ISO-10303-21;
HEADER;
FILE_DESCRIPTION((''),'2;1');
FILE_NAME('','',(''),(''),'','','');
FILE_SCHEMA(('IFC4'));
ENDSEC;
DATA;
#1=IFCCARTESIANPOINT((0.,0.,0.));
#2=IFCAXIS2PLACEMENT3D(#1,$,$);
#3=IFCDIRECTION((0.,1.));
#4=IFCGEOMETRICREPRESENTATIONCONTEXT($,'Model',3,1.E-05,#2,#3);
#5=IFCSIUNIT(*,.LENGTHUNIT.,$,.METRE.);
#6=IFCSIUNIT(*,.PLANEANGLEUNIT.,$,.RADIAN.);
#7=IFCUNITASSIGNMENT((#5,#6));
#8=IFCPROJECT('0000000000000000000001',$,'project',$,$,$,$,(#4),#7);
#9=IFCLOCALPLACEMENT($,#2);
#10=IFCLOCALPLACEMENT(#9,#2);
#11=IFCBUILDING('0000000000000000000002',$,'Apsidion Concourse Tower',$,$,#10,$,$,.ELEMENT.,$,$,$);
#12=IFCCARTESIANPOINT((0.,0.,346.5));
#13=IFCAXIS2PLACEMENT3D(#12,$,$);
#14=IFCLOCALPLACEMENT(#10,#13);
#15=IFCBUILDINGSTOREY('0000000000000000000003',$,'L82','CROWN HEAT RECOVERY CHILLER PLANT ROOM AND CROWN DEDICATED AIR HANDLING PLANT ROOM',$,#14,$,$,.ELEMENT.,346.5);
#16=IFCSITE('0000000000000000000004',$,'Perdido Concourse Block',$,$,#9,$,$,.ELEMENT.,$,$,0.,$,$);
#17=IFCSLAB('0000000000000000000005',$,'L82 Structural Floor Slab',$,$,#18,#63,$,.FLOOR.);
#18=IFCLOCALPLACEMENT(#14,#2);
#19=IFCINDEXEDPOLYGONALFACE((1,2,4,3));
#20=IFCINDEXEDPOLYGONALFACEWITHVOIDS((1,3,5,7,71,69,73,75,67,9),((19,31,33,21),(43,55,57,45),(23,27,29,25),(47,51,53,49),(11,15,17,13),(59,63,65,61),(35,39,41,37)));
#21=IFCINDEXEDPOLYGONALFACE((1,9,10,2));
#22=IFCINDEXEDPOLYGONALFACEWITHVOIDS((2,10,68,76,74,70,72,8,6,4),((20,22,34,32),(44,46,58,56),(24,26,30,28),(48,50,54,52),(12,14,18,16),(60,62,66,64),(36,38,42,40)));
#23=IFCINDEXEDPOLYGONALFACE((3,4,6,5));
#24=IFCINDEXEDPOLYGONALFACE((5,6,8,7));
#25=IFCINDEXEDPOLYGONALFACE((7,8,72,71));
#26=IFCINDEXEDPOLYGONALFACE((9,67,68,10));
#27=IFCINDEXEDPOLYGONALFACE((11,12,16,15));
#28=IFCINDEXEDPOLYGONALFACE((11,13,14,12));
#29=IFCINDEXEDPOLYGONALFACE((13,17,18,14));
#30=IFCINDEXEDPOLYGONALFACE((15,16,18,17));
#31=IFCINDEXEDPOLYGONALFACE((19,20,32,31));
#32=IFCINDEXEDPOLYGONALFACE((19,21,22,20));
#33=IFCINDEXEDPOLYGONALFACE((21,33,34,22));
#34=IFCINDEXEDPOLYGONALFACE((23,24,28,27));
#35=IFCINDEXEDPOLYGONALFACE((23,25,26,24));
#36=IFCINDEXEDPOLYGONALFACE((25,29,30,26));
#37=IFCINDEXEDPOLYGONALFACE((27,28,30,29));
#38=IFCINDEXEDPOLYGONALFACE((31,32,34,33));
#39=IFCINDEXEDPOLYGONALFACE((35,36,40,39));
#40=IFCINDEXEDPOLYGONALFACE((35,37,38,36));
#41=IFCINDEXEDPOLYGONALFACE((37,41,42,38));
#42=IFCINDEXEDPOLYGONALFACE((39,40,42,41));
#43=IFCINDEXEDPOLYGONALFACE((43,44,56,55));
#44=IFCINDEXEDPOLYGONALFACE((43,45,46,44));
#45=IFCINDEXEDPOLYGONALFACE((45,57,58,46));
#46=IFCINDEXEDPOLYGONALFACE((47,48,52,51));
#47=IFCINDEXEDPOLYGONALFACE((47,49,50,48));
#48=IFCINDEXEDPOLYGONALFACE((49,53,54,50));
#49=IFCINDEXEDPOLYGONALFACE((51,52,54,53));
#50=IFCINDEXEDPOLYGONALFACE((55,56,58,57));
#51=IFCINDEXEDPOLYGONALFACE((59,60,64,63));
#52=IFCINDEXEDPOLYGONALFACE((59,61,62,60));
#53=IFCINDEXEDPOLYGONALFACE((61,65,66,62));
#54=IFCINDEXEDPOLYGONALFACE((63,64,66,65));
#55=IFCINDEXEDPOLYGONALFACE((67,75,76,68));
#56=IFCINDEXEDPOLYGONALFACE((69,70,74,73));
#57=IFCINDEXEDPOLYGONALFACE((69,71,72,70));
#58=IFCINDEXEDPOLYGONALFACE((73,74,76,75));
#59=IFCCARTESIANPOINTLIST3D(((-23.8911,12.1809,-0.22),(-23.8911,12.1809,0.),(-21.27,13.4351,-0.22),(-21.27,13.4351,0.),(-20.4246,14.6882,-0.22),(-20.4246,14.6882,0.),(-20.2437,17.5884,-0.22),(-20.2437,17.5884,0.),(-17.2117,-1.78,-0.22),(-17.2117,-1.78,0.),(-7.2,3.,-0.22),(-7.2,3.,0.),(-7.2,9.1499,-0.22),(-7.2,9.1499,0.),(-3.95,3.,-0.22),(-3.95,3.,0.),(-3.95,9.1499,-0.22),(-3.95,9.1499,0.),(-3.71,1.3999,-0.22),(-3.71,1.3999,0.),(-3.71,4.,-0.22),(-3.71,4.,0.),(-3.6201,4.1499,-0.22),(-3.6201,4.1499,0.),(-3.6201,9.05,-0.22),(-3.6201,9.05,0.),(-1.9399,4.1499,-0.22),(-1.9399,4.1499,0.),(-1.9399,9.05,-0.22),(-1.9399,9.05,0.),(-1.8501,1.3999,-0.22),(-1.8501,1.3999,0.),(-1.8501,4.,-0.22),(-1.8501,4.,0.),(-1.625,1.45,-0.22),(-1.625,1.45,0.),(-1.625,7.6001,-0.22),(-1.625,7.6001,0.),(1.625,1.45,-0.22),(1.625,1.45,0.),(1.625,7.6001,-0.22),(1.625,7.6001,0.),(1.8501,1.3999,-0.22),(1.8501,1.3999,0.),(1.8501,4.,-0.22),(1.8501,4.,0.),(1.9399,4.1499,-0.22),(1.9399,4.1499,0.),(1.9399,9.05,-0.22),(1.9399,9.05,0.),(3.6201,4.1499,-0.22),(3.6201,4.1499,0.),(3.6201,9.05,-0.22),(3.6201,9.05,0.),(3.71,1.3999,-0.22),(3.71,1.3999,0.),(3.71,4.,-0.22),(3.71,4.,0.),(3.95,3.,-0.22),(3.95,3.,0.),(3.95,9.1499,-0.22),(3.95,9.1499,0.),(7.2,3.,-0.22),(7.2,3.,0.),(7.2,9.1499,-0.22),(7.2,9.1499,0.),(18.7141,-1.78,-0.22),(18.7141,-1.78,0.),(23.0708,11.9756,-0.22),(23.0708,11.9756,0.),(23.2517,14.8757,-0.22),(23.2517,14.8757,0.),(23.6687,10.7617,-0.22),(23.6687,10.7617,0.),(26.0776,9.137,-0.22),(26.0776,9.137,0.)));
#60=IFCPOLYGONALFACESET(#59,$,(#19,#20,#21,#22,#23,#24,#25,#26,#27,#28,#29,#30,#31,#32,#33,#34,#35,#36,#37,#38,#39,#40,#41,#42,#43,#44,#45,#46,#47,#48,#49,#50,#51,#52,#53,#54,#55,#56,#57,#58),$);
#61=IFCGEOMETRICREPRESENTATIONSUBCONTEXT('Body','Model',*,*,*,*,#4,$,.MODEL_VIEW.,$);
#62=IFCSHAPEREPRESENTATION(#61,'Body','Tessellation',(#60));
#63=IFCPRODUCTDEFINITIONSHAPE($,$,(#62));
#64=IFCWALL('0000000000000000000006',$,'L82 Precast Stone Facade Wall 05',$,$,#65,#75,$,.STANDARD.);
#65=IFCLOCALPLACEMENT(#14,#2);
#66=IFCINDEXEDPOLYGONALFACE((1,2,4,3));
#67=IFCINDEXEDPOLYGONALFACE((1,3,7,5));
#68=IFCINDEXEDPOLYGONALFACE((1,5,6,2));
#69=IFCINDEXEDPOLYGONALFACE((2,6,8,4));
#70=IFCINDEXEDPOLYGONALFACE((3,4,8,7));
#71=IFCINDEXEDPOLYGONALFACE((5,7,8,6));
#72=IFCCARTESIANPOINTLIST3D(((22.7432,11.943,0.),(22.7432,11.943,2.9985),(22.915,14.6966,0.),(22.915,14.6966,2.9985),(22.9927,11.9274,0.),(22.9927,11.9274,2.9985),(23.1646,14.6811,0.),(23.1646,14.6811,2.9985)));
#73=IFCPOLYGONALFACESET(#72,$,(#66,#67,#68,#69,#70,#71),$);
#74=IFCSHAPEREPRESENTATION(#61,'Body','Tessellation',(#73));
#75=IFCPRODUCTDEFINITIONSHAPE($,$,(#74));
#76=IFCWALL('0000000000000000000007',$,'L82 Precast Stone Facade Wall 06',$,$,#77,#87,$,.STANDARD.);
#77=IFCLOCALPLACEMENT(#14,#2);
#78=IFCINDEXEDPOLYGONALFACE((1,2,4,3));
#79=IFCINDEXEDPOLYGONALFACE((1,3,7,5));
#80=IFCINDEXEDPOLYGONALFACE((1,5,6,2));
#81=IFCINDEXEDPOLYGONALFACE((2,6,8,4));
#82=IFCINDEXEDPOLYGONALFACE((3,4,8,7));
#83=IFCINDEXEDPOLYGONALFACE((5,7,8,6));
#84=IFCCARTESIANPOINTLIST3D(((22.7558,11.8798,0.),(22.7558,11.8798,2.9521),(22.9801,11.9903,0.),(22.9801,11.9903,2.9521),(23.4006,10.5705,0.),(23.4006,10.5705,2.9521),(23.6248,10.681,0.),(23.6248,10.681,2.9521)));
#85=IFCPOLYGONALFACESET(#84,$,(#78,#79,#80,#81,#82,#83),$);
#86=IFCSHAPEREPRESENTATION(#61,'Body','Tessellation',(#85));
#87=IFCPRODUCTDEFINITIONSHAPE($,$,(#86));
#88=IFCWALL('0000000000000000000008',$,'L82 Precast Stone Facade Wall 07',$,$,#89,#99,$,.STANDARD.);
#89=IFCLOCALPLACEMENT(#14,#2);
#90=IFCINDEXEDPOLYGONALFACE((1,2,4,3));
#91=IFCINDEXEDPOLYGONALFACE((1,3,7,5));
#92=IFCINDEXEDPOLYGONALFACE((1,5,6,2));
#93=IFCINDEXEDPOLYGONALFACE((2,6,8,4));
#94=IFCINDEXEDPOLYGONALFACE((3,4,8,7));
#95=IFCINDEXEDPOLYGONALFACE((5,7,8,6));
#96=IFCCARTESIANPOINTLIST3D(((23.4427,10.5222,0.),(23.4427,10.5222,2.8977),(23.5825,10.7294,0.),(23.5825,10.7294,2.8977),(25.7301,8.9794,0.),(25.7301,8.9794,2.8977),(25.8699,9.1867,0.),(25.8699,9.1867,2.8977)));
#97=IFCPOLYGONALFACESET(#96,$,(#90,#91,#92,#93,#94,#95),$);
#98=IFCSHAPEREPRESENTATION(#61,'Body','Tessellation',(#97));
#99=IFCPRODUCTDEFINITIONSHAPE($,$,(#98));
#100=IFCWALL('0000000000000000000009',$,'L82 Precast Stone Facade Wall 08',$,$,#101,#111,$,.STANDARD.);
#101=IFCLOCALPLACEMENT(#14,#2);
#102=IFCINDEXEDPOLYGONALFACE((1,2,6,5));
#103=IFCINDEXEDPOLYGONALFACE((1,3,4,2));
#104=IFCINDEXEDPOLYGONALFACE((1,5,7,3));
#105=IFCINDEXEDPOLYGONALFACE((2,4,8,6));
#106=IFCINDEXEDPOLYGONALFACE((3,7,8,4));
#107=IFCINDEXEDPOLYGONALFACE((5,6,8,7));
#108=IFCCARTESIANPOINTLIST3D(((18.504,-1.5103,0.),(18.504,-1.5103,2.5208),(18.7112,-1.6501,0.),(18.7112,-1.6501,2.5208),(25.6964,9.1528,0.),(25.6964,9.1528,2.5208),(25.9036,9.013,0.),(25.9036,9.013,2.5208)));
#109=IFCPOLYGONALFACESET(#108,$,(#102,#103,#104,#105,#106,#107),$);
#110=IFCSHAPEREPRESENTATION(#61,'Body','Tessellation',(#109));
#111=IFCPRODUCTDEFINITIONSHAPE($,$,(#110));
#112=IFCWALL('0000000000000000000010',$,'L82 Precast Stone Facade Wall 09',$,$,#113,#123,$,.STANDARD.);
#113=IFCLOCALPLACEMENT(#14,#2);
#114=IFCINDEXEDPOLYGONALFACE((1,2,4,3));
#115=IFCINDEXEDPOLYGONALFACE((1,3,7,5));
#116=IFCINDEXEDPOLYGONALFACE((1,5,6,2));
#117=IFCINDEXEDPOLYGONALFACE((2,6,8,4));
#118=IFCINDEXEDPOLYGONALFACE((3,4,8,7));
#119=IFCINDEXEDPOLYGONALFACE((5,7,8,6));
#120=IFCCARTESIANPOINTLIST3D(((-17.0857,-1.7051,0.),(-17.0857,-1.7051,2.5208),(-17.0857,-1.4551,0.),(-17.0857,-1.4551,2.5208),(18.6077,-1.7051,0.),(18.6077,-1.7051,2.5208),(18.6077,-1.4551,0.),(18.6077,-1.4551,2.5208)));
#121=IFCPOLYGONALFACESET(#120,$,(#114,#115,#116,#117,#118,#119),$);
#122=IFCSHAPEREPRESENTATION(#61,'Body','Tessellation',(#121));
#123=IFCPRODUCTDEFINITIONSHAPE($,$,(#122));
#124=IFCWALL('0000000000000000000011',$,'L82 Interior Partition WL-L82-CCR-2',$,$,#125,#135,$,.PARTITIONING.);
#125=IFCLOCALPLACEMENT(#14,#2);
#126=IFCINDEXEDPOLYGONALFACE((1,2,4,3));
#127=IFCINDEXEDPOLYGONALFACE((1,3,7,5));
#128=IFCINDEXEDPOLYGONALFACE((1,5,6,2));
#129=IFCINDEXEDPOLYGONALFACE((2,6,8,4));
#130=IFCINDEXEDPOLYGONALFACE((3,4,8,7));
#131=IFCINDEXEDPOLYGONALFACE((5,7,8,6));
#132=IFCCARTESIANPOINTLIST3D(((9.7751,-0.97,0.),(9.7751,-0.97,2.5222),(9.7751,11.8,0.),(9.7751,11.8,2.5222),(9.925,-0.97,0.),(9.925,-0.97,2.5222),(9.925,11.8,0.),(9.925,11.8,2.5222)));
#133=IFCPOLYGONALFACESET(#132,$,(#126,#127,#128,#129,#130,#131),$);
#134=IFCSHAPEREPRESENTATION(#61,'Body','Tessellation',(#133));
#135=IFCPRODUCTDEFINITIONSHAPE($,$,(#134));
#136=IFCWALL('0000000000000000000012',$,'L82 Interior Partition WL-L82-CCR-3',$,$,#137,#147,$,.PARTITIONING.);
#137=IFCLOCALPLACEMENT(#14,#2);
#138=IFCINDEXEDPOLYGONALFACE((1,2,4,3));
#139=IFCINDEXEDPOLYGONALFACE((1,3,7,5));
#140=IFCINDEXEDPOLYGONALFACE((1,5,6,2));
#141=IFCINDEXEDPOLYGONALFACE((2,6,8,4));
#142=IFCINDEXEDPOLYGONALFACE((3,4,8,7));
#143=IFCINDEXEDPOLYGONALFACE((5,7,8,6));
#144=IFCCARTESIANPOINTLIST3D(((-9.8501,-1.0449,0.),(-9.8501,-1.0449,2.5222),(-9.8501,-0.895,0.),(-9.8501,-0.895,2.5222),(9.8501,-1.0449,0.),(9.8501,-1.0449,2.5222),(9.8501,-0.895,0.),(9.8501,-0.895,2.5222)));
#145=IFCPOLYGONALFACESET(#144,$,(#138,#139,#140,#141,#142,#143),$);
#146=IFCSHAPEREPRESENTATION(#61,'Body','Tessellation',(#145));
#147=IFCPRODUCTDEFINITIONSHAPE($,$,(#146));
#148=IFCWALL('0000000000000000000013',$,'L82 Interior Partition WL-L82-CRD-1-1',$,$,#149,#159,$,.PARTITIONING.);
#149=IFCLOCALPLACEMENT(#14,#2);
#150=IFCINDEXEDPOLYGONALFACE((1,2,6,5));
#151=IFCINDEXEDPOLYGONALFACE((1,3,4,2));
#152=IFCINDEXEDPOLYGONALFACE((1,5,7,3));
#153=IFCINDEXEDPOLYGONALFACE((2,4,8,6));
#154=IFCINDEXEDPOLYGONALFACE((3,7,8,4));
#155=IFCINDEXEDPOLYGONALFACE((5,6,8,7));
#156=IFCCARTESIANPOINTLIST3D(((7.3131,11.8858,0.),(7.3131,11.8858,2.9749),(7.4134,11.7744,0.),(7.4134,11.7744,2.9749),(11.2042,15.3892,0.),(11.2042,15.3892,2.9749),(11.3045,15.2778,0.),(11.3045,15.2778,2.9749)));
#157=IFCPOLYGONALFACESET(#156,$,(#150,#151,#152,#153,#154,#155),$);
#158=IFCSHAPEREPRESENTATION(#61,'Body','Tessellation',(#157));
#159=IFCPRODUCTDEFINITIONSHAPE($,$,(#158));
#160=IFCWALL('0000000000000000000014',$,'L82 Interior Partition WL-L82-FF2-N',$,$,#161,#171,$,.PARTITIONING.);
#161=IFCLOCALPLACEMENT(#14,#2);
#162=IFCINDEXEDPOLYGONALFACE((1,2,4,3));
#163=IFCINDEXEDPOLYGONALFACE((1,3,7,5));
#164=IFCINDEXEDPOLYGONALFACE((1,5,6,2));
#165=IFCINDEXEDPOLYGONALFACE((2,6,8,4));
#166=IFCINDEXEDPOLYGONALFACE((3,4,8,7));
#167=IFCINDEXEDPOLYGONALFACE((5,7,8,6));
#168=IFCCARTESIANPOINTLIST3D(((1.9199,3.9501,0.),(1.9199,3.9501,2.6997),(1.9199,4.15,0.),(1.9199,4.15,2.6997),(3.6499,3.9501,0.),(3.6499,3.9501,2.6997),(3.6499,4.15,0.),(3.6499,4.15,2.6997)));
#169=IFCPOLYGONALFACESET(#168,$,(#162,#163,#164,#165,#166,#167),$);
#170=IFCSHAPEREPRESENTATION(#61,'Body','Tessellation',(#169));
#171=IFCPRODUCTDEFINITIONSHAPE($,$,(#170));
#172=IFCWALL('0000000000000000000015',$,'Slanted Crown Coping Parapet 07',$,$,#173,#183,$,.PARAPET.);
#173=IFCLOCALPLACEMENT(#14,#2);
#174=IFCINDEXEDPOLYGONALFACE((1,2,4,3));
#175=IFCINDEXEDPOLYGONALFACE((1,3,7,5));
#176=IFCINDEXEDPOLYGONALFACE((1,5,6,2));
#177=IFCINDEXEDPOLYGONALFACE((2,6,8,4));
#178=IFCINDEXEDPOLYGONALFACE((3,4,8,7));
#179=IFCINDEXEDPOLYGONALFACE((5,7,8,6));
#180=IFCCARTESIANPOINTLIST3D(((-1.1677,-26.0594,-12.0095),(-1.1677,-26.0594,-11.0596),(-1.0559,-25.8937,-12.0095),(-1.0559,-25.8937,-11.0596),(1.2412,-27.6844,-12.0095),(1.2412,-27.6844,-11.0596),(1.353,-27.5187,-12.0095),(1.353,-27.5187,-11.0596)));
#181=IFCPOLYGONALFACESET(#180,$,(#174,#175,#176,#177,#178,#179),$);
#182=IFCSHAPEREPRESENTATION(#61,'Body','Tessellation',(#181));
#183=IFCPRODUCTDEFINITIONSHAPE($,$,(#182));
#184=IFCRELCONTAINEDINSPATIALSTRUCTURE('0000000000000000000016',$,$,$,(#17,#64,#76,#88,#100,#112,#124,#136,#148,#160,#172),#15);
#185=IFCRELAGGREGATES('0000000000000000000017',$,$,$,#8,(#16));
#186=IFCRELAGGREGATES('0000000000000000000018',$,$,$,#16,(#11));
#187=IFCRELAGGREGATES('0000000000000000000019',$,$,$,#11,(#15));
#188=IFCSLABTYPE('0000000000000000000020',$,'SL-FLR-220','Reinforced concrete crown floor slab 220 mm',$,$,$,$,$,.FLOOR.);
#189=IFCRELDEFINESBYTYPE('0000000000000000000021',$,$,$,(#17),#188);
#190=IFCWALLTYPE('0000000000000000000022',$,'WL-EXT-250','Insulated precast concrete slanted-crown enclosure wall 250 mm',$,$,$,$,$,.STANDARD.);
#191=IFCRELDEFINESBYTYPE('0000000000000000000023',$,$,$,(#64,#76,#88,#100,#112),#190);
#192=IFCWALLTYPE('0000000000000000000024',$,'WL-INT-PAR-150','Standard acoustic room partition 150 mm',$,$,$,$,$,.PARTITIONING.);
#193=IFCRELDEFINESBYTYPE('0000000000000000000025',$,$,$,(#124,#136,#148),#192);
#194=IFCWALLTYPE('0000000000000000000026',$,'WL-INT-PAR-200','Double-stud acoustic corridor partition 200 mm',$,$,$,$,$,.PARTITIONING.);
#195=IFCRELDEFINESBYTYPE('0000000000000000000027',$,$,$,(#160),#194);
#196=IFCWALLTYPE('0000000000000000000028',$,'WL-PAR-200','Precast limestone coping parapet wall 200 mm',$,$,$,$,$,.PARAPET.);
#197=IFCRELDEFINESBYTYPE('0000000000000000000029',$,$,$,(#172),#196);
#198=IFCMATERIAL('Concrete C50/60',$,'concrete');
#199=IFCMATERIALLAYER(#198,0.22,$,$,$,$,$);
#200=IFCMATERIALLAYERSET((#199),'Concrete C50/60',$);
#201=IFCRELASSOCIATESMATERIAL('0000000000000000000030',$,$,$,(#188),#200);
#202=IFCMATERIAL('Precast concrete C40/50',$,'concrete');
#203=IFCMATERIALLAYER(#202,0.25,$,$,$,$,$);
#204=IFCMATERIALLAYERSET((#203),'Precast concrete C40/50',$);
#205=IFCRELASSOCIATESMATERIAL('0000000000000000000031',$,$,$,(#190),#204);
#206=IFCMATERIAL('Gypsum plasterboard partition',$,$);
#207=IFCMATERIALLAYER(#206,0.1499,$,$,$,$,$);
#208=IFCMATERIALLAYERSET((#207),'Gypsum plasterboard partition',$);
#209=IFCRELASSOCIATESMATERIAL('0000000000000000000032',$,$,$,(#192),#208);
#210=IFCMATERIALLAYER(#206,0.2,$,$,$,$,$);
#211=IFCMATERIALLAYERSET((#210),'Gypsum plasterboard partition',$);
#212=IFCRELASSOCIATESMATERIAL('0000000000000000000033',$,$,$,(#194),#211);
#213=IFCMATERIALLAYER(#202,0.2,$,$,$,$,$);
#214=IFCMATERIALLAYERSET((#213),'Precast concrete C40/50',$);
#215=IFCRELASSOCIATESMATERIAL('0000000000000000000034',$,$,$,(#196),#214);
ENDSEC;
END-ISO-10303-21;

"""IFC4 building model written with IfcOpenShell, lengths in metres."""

from ifc_helpers import new_model, si_unit, direction, frame, frame_2d, origin, place, context, subcontext, project, spatial, polyline, rectangle, outline, extrude, material, layer, layer_set, type_object, element, save


model = new_model("IFC4")

# Units and contexts
model_context = context("Model", 3, precision=1e-05, world=origin(), true_north=direction((0.0, 1.0)))
body_context = subcontext(model_context, "Body", "Model", "MODEL_VIEW")
ifc_project = project(units=[si_unit("LENGTHUNIT", "METRE"), si_unit("PLANEANGLEUNIT", "RADIAN")], contexts=[model_context])

# Site, building, storey
site_placement = place(None, origin())
site = spatial("IfcSite", under=ifc_project, at=site_placement, Name="Perdido Concourse Block", CompositionType="ELEMENT", RefElevation=0.0)
building_placement = place(site_placement, origin())
building = spatial("IfcBuilding", under=site, at=building_placement, Name="Apsidion Concourse Tower", CompositionType="ELEMENT")
storey_placement = place(building_placement, frame((0.0, 0.0, 346.5)))
storey = spatial("IfcBuildingStorey", under=building, at=storey_placement, Name="L82", Description="CROWN HEAT RECOVERY CHILLER PLANT ROOM AND CROWN DEDICATED AIR HANDLING PLANT ROOM", CompositionType="ELEMENT", Elevation=346.5)

# Shared definitions
ifc_material_1 = material(Name="Concrete C50/60", Category="concrete")

# Slab
ifc_layer_1 = layer(ifc_material_1, 0.22)
ifc_layer_set_1 = layer_set([ifc_layer_1], Name="Concrete C50/60")
slab_type = type_object("IfcSlabType", Name="SL-FLR-220", Description="Reinforced concrete crown floor slab 220 mm", PredefinedType="FLOOR", material=ifc_layer_set_1)
slab_placement = place(storey_placement, frame((0.0, 0.0, -0.22)))
element("IfcSlab", 1, at=slab_placement, inside=storey, type_object=slab_type, Name="L82 Structural Floor Slab", PredefinedType="FLOOR", context=body_context, shape_type="SweptSolid", body=[
    extrude(outline(polyline([(-23.8911, 12.1809), (-21.27, 13.4351), (-20.4246, 14.6882), (-20.2437, 17.5884), (23.2517, 14.8757), (23.0708, 11.9756), (23.6687, 10.7617), (26.0776, 9.137), (18.7141, -1.78), (-17.2117, -1.78), (-23.8911, 12.1809)]), holes=[polyline([(-3.95, 3.0), (-3.95, 9.1499), (-7.2, 9.1499), (-7.2, 3.0), (-3.95, 3.0)]), polyline([(7.2, 3.0), (7.2, 9.1499), (3.95, 9.1499), (3.95, 3.0), (7.2, 3.0)]), polyline([(-1.625, 7.6001), (-1.625, 1.45), (1.625, 1.45), (1.625, 7.6001), (-1.625, 7.6001)]), polyline([(-3.71, 1.3999), (-1.8501, 1.3999), (-1.8501, 4.0), (-3.71, 4.0), (-3.71, 1.3999)]), polyline([(1.8501, 1.3999), (3.71, 1.3999), (3.71, 4.0), (1.8501, 4.0), (1.8501, 1.3999)]), polyline([(-3.6201, 4.1499), (-1.9399, 4.1499), (-1.9399, 9.05), (-3.6201, 9.05), (-3.6201, 4.1499)]), polyline([(1.9399, 4.1499), (3.6201, 4.1499), (3.6201, 9.05), (1.9399, 9.05), (1.9399, 4.1499)])]), origin(), (0.0, 0.0, 1.0), 0.22),
])

# Walls
ifc_material_2 = material(Name="Precast concrete C40/50", Category="concrete")
ifc_layer_2 = layer(ifc_material_2, 0.25)
ifc_layer_set_2 = layer_set([ifc_layer_2], Name="Precast concrete C40/50")
wall_type_1 = type_object("IfcWallType", Name="WL-EXT-250", Description="Insulated precast concrete slanted-crown enclosure wall 250 mm", PredefinedType="STANDARD", material=ifc_layer_set_2)
wall_1_placement = place(storey_placement, frame((23.0398, 14.6887, 0.0), z_axis=(0.0, 0.0, 1.0), x_axis=(-0.062296, -0.998058, 0.0)))
element("IfcWall", 2, at=wall_1_placement, inside=storey, type_object=wall_type_1, Name="L82 Precast Stone Facade Wall 05", PredefinedType="STANDARD", context=body_context, shape_type="SweptSolid", body=[
    extrude(rectangle(XDim=2.759, YDim=0.25, at=frame_2d((1.3794, 0.0))), origin(), (0.0, 0.0, 1.0), 2.9985),
])
wall_2_placement = place(storey_placement, frame((22.8679, 11.9351, 0.0), z_axis=(0.0, 0.0, 1.0), x_axis=(0.441786, -0.897121, 0.0)))
element("IfcWall", 3, at=wall_2_placement, inside=storey, type_object=wall_type_1, Name="L82 Precast Stone Facade Wall 06", PredefinedType="STANDARD", context=body_context, shape_type="SweptSolid", body=[
    extrude(rectangle(XDim=1.4595, YDim=0.25, at=frame_2d((0.7297, 0.0))), origin(), (0.0, 0.0, 1.0), 2.9521),
])
wall_3_placement = place(storey_placement, frame((23.5127, 10.6257, 0.0), z_axis=(0.0, 0.0, 1.0), x_axis=(0.829057, -0.559164, 0.0)))
element("IfcWall", 4, at=wall_3_placement, inside=storey, type_object=wall_type_1, Name="L82 Precast Stone Facade Wall 07", PredefinedType="STANDARD", context=body_context, shape_type="SweptSolid", body=[
    extrude(rectangle(XDim=2.759, YDim=0.25, at=frame_2d((1.3794, 0.0))), origin(), (0.0, 0.0, 1.0), 2.8977),
])
wall_4_placement = place(storey_placement, frame((25.8, 9.083, 0.0), z_axis=(0.0, 0.0, 1.0), x_axis=(-0.559195, -0.829036, 0.0)))
element("IfcWall", 5, at=wall_4_placement, inside=storey, type_object=wall_type_1, Name="L82 Precast Stone Facade Wall 08", PredefinedType="STANDARD", context=body_context, shape_type="SweptSolid", body=[
    extrude(rectangle(XDim=12.8621, YDim=0.25, at=frame_2d((6.4312, 0.0))), origin(), (0.0, 0.0, 1.0), 2.5208),
])
wall_5_placement = place(storey_placement, frame((18.6077, -1.5801, 0.0), z_axis=(0.0, 0.0, 1.0), x_axis=(-1.0, 0.0, 0.0)))
element("IfcWall", 6, at=wall_5_placement, inside=storey, type_object=wall_type_1, Name="L82 Precast Stone Facade Wall 09", PredefinedType="STANDARD", context=body_context, shape_type="SweptSolid", body=[
    extrude(rectangle(XDim=35.6934, YDim=0.25, at=frame_2d((17.8467, 0.0))), origin(), (0.0, 0.0, 1.0), 2.5208),
])
ifc_material_3 = material(Name="Gypsum plasterboard partition")
ifc_layer_3 = layer(ifc_material_3, 0.1499)
ifc_layer_set_3 = layer_set([ifc_layer_3], Name="Gypsum plasterboard partition")
wall_type_2 = type_object("IfcWallType", Name="WL-INT-PAR-150", Description="Standard acoustic room partition 150 mm", PredefinedType="PARTITIONING", material=ifc_layer_set_3)
wall_6_placement = place(storey_placement, frame((9.8501, 11.8, 0.0), z_axis=(0.0, 0.0, 1.0), x_axis=(0.0, -1.0, 0.0)))
element("IfcWall", 7, at=wall_6_placement, inside=storey, type_object=wall_type_2, Name="L82 Interior Partition WL-L82-CCR-2", PredefinedType="PARTITIONING", context=body_context, shape_type="SweptSolid", body=[
    extrude(rectangle(XDim=12.77, YDim=0.1499, at=frame_2d((6.385, 0.0))), origin(), (0.0, 0.0, 1.0), 2.5222),
])
wall_7_placement = place(storey_placement, frame((9.8501, -0.97, 0.0), z_axis=(0.0, 0.0, 1.0), x_axis=(-1.0, 0.0, 0.0)))
element("IfcWall", 8, at=wall_7_placement, inside=storey, type_object=wall_type_2, Name="L82 Interior Partition WL-L82-CCR-3", PredefinedType="PARTITIONING", context=body_context, shape_type="SweptSolid", body=[
    extrude(rectangle(XDim=19.7002, YDim=0.1499, at=frame_2d((9.8501, 0.0))), origin(), (0.0, 0.0, 1.0), 2.5222),
])
wall_8_placement = place(storey_placement, frame((7.3633, 11.8301, 0.0), z_axis=(0.0, 0.0, 1.0), x_axis=(0.74316, 0.669114, 0.0)))
element("IfcWall", 9, at=wall_8_placement, inside=storey, type_object=wall_type_2, Name="L82 Interior Partition WL-L82-CRD-1-1", PredefinedType="PARTITIONING", context=body_context, shape_type="SweptSolid", body=[
    extrude(rectangle(XDim=5.2358, YDim=0.1499, at=frame_2d((2.6179, 0.0))), origin(), (0.0, 0.0, 1.0), 2.9749),
])
ifc_layer_4 = layer(ifc_material_3, 0.2)
ifc_layer_set_4 = layer_set([ifc_layer_4], Name="Gypsum plasterboard partition")
wall_type_3 = type_object("IfcWallType", Name="WL-INT-PAR-200", Description="Double-stud acoustic corridor partition 200 mm", PredefinedType="PARTITIONING", material=ifc_layer_set_4)
wall_9_placement = place(storey_placement, frame((1.9199, 4.05, 0.0), z_axis=(0.0, 0.0, 1.0), x_axis=(1.0, 0.0, 0.0)))
element("IfcWall", 10, at=wall_9_placement, inside=storey, type_object=wall_type_3, Name="L82 Interior Partition WL-L82-FF2-N", PredefinedType="PARTITIONING", context=body_context, shape_type="SweptSolid", body=[
    extrude(rectangle(XDim=1.73, YDim=0.2, at=frame_2d((0.865, 0.0))), origin(), (0.0, 0.0, 1.0), 2.6997),
])
ifc_layer_5 = layer(ifc_material_2, 0.2)
ifc_layer_set_5 = layer_set([ifc_layer_5], Name="Precast concrete C40/50")
wall_type_4 = type_object("IfcWallType", Name="WL-PAR-200", Description="Precast limestone coping parapet wall 200 mm", PredefinedType="PARAPET", material=ifc_layer_set_5)
wall_10_placement = place(storey_placement, frame((-1.1118, -25.9766, -12.0095), z_axis=(0.0, 0.0, 1.0), x_axis=(0.829013, -0.559229, 0.0)))
element("IfcWall", 11, at=wall_10_placement, inside=storey, type_object=wall_type_4, Name="Slanted Crown Coping Parapet 07", PredefinedType="PARAPET", context=body_context, shape_type="SweptSolid", body=[
    extrude(rectangle(XDim=2.9058, YDim=0.2, at=frame_2d((1.4529, 0.0))), origin(), (0.0, 0.0, 1.0), 0.95),
])

save(model, "model.ifc")
